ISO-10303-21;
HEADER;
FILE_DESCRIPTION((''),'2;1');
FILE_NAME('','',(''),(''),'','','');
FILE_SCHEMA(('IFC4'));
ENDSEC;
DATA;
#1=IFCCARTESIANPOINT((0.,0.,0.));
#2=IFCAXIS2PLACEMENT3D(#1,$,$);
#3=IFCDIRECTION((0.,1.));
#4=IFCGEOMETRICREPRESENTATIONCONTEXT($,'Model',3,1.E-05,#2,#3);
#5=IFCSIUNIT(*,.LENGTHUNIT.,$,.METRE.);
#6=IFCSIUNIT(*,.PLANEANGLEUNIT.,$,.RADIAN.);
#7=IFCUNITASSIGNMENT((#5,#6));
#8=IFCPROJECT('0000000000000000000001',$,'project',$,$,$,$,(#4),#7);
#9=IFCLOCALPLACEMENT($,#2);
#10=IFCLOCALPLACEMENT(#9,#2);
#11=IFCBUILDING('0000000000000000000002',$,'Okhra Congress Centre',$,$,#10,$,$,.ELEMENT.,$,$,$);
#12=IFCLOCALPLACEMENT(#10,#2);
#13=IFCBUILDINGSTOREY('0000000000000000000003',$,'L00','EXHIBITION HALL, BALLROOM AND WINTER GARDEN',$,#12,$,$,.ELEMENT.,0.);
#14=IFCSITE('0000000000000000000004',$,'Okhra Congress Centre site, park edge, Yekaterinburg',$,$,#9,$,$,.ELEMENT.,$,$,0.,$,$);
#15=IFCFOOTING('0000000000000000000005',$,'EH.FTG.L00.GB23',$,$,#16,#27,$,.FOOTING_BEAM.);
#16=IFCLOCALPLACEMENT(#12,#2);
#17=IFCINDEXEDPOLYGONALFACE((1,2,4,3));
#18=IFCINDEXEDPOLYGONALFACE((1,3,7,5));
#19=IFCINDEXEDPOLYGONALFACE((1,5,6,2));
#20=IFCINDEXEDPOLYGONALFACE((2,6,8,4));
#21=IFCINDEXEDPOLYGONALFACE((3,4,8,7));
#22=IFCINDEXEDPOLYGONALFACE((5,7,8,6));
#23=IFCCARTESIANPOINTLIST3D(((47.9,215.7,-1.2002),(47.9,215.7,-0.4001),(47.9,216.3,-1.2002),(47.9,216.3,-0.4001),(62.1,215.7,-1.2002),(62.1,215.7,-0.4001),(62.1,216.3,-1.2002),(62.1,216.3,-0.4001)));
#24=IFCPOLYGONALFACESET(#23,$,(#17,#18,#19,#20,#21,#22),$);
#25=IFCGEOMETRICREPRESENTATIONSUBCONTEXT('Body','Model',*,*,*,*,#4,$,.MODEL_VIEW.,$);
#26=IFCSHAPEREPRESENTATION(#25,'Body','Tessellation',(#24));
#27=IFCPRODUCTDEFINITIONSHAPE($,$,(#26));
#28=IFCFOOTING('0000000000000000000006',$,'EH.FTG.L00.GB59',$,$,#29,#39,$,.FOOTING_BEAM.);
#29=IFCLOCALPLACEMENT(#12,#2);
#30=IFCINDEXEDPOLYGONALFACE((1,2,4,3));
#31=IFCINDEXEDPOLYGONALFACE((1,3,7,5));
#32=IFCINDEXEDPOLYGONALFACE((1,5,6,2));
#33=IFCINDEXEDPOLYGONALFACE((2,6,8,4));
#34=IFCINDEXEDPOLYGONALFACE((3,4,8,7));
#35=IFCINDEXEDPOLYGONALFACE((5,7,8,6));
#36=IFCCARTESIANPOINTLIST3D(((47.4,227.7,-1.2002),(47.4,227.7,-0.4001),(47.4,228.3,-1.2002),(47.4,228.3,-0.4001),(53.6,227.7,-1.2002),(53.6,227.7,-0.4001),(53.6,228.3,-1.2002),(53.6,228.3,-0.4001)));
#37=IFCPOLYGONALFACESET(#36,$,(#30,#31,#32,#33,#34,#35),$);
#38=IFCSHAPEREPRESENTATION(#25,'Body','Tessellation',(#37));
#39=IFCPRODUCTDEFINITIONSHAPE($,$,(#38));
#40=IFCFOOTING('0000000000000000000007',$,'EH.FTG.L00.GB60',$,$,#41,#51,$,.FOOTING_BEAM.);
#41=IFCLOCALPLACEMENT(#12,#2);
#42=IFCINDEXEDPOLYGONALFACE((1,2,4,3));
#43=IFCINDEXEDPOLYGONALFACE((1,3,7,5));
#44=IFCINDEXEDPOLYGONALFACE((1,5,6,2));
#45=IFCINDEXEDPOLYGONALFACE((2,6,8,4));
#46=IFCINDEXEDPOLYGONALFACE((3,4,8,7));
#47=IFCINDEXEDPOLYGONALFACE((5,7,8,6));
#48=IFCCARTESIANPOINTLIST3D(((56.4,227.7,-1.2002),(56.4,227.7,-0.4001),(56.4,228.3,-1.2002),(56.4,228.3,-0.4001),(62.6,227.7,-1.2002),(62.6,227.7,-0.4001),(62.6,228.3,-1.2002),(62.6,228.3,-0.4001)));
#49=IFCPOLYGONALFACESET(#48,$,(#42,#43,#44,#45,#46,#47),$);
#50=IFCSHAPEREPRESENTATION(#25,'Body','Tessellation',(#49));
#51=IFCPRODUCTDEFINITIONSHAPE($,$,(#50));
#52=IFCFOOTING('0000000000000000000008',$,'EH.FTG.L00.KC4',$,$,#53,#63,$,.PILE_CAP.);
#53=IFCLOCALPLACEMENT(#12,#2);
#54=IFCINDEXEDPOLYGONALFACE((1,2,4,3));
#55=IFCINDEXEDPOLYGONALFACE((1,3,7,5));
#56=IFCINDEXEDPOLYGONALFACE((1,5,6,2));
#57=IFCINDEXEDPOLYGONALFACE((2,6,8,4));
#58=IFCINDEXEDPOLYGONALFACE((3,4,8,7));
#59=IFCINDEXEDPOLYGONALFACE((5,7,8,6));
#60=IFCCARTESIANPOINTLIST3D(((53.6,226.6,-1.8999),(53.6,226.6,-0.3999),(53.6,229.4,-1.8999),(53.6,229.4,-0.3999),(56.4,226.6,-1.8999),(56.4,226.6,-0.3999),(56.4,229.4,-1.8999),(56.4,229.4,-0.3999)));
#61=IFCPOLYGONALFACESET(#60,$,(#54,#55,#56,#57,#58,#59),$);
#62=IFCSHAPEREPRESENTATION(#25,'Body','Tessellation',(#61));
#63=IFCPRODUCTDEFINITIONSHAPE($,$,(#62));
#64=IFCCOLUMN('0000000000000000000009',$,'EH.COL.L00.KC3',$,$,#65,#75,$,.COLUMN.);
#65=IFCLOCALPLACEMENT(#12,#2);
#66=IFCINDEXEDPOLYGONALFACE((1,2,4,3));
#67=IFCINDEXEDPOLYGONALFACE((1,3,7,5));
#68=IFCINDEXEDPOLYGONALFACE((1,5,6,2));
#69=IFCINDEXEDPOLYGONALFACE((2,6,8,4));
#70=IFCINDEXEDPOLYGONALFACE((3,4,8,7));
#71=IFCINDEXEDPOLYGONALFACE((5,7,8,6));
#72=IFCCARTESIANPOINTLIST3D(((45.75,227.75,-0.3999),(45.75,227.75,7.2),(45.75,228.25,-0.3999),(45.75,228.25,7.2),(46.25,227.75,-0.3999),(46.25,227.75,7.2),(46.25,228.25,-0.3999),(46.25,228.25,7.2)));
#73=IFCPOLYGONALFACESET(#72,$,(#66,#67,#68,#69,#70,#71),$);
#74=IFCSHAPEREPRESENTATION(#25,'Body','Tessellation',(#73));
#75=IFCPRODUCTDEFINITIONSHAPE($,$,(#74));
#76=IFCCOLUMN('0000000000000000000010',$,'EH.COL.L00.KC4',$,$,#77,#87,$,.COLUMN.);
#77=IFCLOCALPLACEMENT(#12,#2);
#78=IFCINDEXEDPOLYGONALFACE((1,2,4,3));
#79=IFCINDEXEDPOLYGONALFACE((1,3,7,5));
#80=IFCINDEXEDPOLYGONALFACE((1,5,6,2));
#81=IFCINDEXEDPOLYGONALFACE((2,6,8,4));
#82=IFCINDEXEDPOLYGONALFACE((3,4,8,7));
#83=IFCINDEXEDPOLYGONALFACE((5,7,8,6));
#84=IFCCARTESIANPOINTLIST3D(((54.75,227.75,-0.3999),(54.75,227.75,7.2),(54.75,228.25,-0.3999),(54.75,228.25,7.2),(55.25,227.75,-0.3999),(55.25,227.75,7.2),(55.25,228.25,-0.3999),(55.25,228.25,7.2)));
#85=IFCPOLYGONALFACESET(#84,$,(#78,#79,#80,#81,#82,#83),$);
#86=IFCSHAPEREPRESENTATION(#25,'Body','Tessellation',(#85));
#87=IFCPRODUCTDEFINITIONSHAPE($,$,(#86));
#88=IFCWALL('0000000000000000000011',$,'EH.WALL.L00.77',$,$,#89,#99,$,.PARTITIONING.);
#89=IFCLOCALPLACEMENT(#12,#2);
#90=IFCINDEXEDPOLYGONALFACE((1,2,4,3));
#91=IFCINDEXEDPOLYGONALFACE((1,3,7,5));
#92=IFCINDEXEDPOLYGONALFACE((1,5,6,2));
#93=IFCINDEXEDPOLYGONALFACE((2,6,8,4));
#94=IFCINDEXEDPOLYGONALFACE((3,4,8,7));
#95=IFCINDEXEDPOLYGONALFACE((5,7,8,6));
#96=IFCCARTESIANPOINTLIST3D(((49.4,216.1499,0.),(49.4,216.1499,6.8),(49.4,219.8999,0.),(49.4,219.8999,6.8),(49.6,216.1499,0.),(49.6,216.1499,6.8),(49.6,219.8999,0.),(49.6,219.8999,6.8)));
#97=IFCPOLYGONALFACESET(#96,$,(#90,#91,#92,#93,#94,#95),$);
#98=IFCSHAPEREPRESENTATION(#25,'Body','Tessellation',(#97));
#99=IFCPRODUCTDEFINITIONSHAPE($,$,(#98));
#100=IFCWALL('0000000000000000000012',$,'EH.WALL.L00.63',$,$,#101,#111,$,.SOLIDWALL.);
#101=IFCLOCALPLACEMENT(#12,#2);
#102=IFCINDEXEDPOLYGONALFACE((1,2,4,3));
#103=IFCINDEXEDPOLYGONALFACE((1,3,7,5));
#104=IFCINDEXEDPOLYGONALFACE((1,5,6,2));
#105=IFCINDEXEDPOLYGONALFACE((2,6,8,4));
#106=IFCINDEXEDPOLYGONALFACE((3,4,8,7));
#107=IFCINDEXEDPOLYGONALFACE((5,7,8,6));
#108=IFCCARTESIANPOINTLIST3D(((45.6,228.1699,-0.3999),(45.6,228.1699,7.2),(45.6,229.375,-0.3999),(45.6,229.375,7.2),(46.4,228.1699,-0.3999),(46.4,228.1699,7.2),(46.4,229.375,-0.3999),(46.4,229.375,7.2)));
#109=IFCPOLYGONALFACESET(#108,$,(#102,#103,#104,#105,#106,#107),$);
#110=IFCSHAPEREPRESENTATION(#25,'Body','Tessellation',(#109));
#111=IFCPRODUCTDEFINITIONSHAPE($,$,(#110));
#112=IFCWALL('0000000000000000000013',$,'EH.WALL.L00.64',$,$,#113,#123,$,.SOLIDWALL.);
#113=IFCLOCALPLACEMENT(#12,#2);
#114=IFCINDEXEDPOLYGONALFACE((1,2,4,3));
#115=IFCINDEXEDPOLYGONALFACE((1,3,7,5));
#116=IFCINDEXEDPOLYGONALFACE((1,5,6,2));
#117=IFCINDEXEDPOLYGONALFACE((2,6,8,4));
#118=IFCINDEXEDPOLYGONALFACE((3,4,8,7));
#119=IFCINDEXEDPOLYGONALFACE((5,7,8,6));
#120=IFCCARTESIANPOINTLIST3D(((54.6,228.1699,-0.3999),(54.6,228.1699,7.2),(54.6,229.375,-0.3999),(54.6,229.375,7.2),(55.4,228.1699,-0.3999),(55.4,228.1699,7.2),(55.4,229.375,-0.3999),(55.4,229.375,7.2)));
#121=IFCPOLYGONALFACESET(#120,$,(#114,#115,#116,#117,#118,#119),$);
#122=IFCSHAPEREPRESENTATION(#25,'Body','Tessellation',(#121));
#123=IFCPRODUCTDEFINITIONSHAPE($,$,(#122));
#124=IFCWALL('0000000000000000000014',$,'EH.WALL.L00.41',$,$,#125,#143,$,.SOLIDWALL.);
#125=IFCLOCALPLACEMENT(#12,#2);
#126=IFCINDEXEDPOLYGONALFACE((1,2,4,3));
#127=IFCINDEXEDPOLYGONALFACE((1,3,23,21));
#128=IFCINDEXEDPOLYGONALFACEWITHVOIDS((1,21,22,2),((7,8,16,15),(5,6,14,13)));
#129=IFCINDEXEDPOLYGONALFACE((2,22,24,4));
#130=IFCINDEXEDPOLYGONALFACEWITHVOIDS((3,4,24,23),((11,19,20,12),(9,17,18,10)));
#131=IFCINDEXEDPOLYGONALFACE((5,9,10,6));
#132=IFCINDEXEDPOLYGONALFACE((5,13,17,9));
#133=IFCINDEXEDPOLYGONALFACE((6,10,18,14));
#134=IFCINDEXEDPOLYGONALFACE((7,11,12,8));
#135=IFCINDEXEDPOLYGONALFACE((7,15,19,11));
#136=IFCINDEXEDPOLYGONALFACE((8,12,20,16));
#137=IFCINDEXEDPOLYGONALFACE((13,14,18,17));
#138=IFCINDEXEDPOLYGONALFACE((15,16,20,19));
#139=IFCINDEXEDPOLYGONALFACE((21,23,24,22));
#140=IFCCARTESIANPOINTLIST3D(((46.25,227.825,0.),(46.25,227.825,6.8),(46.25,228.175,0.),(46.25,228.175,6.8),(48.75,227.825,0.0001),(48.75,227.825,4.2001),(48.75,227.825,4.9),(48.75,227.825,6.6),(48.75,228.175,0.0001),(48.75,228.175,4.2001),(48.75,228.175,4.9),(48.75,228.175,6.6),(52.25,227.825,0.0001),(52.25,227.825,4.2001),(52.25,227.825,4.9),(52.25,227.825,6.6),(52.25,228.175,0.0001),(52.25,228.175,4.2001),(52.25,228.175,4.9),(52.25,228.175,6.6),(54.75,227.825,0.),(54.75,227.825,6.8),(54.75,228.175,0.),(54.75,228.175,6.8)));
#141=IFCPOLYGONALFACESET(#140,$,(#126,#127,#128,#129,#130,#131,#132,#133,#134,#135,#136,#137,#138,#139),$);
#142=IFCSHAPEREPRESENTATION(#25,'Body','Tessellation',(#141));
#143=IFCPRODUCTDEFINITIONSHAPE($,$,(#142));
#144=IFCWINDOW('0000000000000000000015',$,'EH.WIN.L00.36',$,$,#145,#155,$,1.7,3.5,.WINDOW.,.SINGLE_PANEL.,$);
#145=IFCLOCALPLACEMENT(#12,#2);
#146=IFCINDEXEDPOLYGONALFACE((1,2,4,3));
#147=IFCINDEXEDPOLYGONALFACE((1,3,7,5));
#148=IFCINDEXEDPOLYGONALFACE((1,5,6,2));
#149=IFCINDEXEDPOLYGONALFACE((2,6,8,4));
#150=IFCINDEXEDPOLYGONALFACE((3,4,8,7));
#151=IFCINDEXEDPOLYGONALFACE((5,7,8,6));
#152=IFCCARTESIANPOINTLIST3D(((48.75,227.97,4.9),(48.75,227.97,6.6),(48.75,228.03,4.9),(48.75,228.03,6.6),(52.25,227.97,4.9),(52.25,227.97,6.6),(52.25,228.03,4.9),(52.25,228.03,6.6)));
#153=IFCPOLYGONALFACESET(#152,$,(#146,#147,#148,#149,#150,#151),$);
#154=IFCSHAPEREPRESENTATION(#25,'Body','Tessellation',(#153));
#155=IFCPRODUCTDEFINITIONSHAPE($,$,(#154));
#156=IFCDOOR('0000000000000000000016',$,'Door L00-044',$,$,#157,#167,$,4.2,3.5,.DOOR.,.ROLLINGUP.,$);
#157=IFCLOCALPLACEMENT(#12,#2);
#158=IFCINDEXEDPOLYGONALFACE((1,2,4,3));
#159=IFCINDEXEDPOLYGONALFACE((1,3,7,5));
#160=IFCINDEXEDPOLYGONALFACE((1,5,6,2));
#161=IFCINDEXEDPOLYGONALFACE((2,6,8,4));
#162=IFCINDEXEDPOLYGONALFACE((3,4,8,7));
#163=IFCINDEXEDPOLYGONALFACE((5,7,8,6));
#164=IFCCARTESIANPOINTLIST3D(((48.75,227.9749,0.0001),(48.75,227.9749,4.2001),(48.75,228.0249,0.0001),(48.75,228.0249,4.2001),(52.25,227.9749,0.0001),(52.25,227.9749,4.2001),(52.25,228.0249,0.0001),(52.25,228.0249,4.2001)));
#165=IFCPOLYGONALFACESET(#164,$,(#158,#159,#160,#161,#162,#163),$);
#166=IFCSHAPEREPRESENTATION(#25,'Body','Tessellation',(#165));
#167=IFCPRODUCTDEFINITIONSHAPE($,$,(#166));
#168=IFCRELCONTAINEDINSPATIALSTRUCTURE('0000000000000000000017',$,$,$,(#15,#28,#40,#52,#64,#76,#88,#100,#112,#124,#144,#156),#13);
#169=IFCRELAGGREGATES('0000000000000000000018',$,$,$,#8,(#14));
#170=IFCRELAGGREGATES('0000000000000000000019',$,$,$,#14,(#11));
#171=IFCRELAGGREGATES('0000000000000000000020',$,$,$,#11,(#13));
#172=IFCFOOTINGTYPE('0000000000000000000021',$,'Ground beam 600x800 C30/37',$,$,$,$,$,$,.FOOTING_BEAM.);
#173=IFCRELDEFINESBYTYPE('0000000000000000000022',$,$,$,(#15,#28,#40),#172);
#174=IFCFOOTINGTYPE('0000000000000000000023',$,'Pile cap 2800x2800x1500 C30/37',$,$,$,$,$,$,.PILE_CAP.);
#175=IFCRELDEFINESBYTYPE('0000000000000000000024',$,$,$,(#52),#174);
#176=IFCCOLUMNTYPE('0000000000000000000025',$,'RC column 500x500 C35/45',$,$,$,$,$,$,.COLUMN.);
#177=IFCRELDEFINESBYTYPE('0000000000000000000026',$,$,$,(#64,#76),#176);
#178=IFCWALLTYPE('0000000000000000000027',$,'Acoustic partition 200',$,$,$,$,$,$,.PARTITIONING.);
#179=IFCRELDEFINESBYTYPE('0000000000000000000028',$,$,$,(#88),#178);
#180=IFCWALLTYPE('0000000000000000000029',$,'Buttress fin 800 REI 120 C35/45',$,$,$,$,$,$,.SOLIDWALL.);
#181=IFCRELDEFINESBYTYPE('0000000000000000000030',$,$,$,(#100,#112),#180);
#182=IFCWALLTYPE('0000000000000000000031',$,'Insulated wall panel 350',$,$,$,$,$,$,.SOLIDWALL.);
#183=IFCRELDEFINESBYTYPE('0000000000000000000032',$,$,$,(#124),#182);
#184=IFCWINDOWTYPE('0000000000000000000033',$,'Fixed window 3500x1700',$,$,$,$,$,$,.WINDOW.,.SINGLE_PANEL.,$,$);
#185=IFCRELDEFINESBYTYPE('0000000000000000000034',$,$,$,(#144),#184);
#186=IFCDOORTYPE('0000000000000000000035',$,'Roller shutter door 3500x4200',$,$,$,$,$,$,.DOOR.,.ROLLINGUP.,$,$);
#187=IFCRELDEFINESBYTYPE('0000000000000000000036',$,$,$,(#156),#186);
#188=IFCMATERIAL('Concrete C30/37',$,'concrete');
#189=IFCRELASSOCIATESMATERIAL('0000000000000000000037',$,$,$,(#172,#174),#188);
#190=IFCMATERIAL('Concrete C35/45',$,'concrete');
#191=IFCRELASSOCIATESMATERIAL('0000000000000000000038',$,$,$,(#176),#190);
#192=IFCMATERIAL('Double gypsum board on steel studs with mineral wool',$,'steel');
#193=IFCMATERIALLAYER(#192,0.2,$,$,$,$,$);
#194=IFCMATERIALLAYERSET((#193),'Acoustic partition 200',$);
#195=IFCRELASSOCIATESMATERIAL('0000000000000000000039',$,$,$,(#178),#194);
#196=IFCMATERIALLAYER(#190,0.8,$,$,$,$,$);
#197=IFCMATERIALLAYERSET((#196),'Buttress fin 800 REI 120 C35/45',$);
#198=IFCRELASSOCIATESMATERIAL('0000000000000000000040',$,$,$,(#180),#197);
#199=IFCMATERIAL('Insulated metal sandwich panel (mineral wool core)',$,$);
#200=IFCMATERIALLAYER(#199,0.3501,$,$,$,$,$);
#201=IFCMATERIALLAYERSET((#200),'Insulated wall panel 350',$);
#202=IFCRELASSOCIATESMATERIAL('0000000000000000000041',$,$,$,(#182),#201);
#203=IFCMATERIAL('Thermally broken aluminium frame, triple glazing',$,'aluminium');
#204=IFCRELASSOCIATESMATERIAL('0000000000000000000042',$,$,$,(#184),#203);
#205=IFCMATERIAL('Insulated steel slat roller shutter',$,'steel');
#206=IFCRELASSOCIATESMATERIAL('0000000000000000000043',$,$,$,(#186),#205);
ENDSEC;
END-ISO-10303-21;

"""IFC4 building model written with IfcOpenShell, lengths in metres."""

from ifc_helpers import new_model, si_unit, direction, frame, frame_2d, origin, origin_2d, place, context, subcontext, project, spatial, rectangle, extrude, material, layer, layer_set, material_profile, profile_set, type_object, element, fill, save


model = new_model("IFC4")

# Units and contexts
model_context = context("Model", 3, precision=1e-05, world=origin(), true_north=direction((0.0, 1.0)))
body_context = subcontext(model_context, "Body", "Model", "MODEL_VIEW")
ifc_project = project(units=[si_unit("LENGTHUNIT", "METRE"), si_unit("PLANEANGLEUNIT", "RADIAN")], contexts=[model_context])

# Site, building, storey
site_placement = place(None, origin())
site = spatial("IfcSite", under=ifc_project, at=site_placement, Name="Okhra Congress Centre site, park edge, Yekaterinburg", CompositionType="ELEMENT", RefElevation=0.0)
building_placement = place(site_placement, origin())
building = spatial("IfcBuilding", under=site, at=building_placement, Name="Okhra Congress Centre", CompositionType="ELEMENT")
storey_placement = place(building_placement, origin())
storey = spatial("IfcBuildingStorey", under=building, at=storey_placement, Name="L00", Description="EXHIBITION HALL, BALLROOM AND WINTER GARDEN", CompositionType="ELEMENT", Elevation=0.0)

# Shared definitions
ifc_material_1 = material(Name="Concrete C30/37", Category="concrete")

# Footings
footing_type_1 = type_object("IfcFootingType", Name="Ground beam 600x800 C30/37", PredefinedType="FOOTING_BEAM", material=ifc_material_1)
footing_1_placement = place(storey_placement, frame((55.0, 216.0, -1.2002), z_axis=(0.0, 0.0, 1.0), x_axis=(1.0, 0.0, 0.0)))
element("IfcFooting", 1, at=footing_1_placement, inside=storey, type_object=footing_type_1, Name="EH.FTG.L00.GB23", PredefinedType="FOOTING_BEAM", context=body_context, shape_type="SweptSolid", body=[
    extrude(rectangle(XDim=14.2, YDim=0.6001, at=origin_2d()), origin(), (0.0, 0.0, 1.0), 0.8),
])
for number, where, z_axis, x_axis, name in (
    (2, (50.5, 228.0, -1.2002), (0.0, 0.0, 1.0), (1.0, 0.0, 0.0), "EH.FTG.L00.GB59"),
    (3, (59.5, 228.0, -1.2002), (0.0, 0.0, 1.0), (1.0, 0.0, 0.0), "EH.FTG.L00.GB60"),
):
    element("IfcFooting", number, at=place(storey_placement, frame(where, z_axis=z_axis, x_axis=x_axis)), inside=storey, type_object=footing_type_1, Name=name, PredefinedType="FOOTING_BEAM", context=body_context, shape_type="SweptSolid", body=[
        extrude(rectangle(XDim=6.2, YDim=0.6001, at=origin_2d()), origin(), (0.0, 0.0, 1.0), 0.8),
    ])
footing_type_2 = type_object("IfcFootingType", Name="Pile cap 2800x2800x1500 C30/37", PredefinedType="PILE_CAP", material=ifc_material_1)
footing_2_placement = place(storey_placement, frame((55.0, 228.0, -1.8999), z_axis=(0.0, 0.0, 1.0), x_axis=(1.0, 0.0, 0.0)))
element("IfcFooting", 4, at=footing_2_placement, inside=storey, type_object=footing_type_2, Name="EH.FTG.L00.KC4", PredefinedType="PILE_CAP", context=body_context, shape_type="SweptSolid", body=[
    extrude(rectangle(XDim=2.8, YDim=2.8, at=origin_2d()), origin(), (0.0, 0.0, 1.0), 1.5),
])

# Columns
ifc_material_2 = material(Name="Concrete C35/45", Category="concrete")
ifc_material_profile_1 = material_profile(ifc_material_2, rectangle(XDim=0.5, YDim=0.5, at=origin_2d()), Name="RC 500x500")
ifc_profile_set_1 = profile_set([ifc_material_profile_1], Name="Concrete C35/45")
column_type = type_object("IfcColumnType", Name="RC column 500x500 C35/45", PredefinedType="COLUMN", material=ifc_profile_set_1)
for number, where, z_axis, x_axis, name in (
    (5, (46.0, 228.0, -0.3999), (0.0, 0.0, 1.0), (1.0, 0.0, 0.0), "EH.COL.L00.KC3"),
    (6, (55.0, 228.0, -0.3999), (0.0, 0.0, 1.0), (1.0, 0.0, 0.0), "EH.COL.L00.KC4"),
):
    element("IfcColumn", number, at=place(storey_placement, frame(where, z_axis=z_axis, x_axis=x_axis)), inside=storey, type_object=column_type, Name=name, PredefinedType="COLUMN", context=body_context, shape_type="SweptSolid", body=[
        extrude(rectangle(XDim=0.5, YDim=0.5, at=origin_2d()), origin(), (0.0, 0.0, 1.0), 7.5999),
    ])

# Walls
ifc_material_3 = material(Name="Double gypsum board on steel studs with mineral wool", Category="steel")
ifc_layer_1 = layer(ifc_material_3, 0.2)
ifc_layer_set_1 = layer_set([ifc_layer_1], Name="Acoustic partition 200")
wall_type_1 = type_object("IfcWallType", Name="Acoustic partition 200", PredefinedType="PARTITIONING", material=ifc_layer_set_1)
wall_1_placement = place(storey_placement, frame((49.5, 216.1499, 0.0), z_axis=(0.0, 0.0, 1.0), x_axis=(0.0, 1.0, 0.0)))
element("IfcWall", 7, at=wall_1_placement, inside=storey, type_object=wall_type_1, Name="EH.WALL.L00.77", PredefinedType="PARTITIONING", context=body_context, shape_type="SweptSolid", body=[
    extrude(rectangle(XDim=3.75, YDim=0.2, at=frame_2d((1.875, 0.0))), origin(), (0.0, 0.0, 1.0), 6.8),
])
ifc_layer_2 = layer(ifc_material_2, 0.8)
ifc_layer_set_2 = layer_set([ifc_layer_2], Name="Buttress fin 800 REI 120 C35/45")
wall_type_2 = type_object("IfcWallType", Name="Buttress fin 800 REI 120 C35/45", PredefinedType="SOLIDWALL", material=ifc_layer_set_2)
for number, where, z_axis, x_axis, name in (
    (8, (46.0, 228.1699, -0.3999), (0.0, 0.0, 1.0), (0.0, 1.0, 0.0), "EH.WALL.L00.63"),
    (9, (55.0, 228.1699, -0.3999), (0.0, 0.0, 1.0), (0.0, 1.0, 0.0), "EH.WALL.L00.64"),
):
    element("IfcWall", number, at=place(storey_placement, frame(where, z_axis=z_axis, x_axis=x_axis)), inside=storey, type_object=wall_type_2, Name=name, PredefinedType="SOLIDWALL", context=body_context, shape_type="SweptSolid", body=[
        extrude(rectangle(XDim=1.2051, YDim=0.8, at=frame_2d((0.6025, 0.0))), origin(), (0.0, 0.0, 1.0), 7.5999),
    ])

# Wall, openings, window, door
ifc_material_4 = material(Name="Insulated metal sandwich panel (mineral wool core)")
ifc_layer_3 = layer(ifc_material_4, 0.3501)
ifc_layer_set_3 = layer_set([ifc_layer_3], Name="Insulated wall panel 350")
wall_type_3 = type_object("IfcWallType", Name="Insulated wall panel 350", PredefinedType="SOLIDWALL", material=ifc_layer_set_3)
wall_2_placement = place(storey_placement, frame((46.25, 228.0, 0.0), z_axis=(0.0, 0.0, 1.0), x_axis=(1.0, 0.0, 0.0)))
wall_2 = element("IfcWall", 10, at=wall_2_placement, inside=storey, type_object=wall_type_3, Name="EH.WALL.L00.41", PredefinedType="SOLIDWALL", context=body_context, shape_type="SweptSolid", body=[
    extrude(rectangle(XDim=8.5, YDim=0.3501, at=frame_2d((4.25, 0.0))), origin(), (0.0, 0.0, 1.0), 6.8),
])
opening_1_placement = place(wall_2_placement, frame((2.5, 0.0, 0.0)))
opening_1 = element("IfcOpeningElement", 11, at=opening_1_placement, cuts=wall_2, PredefinedType="OPENING", context=body_context, shape_type="SweptSolid", body=[
    extrude(rectangle(XDim=3.5, YDim=4.2, at=frame_2d((1.75, 2.1001))), frame((0.0, 0.1851, 0.0), z_axis=(0.0, -1.0, 0.0), x_axis=(1.0, 0.0, 0.0)), (0.0, 0.0, 1.0), 0.3701),
])
opening_2_placement = place(wall_2_placement, frame((2.5, 0.0, 4.8999)))
opening_2 = element("IfcOpeningElement", 12, at=opening_2_placement, cuts=wall_2, PredefinedType="OPENING", context=body_context, shape_type="SweptSolid", body=[
    extrude(rectangle(XDim=3.5, YDim=1.7, at=frame_2d((1.75, 0.8501))), frame((0.0, 0.1851, 0.0), z_axis=(0.0, -1.0, 0.0), x_axis=(1.0, 0.0, 0.0)), (0.0, 0.0, 1.0), 0.3701),
])
ifc_material_5 = material(Name="Thermally broken aluminium frame, triple glazing", Category="aluminium")
window_type = type_object("IfcWindowType", Name="Fixed window 3500x1700", PartitioningType="SINGLE_PANEL", PredefinedType="WINDOW", material=ifc_material_5)
window_1_placement = place(opening_2_placement, origin())
window_1 = element("IfcWindow", 13, at=window_1_placement, inside=storey, type_object=window_type, Name="EH.WIN.L00.36", OverallHeight=1.7, OverallWidth=3.5, PartitioningType="SINGLE_PANEL", PredefinedType="WINDOW", context=body_context, shape_type="SweptSolid", body=[
    extrude(rectangle(XDim=3.5, YDim=1.7, at=frame_2d((1.75, 0.8501))), frame((0.0, 0.03, 0.0), z_axis=(0.0, -1.0, 0.0), x_axis=(1.0, 0.0, 0.0)), (0.0, 0.0, 1.0), 0.0601),
])
fill(opening_2, window_1)
ifc_material_6 = material(Name="Insulated steel slat roller shutter", Category="steel")
door_type_1 = type_object("IfcDoorType", Name="Roller shutter door 3500x4200", OperationType="ROLLINGUP", PredefinedType="DOOR", material=ifc_material_6)
door_1_placement = place(opening_1_placement, origin())
door_1 = element("IfcDoor", 14, at=door_1_placement, inside=storey, type_object=door_type_1, Name="Door L00-044", OperationType="ROLLINGUP", OverallHeight=4.2, OverallWidth=3.5, PredefinedType="DOOR", context=body_context, shape_type="SweptSolid", body=[
    extrude(rectangle(XDim=3.5, YDim=4.2, at=frame_2d((1.75, 2.1001))), frame((0.0, 0.0249, 0.0), z_axis=(0.0, -1.0, 0.0), x_axis=(1.0, 0.0, 0.0)), (0.0, 0.0, 1.0), 0.05),
])
fill(opening_1, door_1)

save(model, "model.ifc")
